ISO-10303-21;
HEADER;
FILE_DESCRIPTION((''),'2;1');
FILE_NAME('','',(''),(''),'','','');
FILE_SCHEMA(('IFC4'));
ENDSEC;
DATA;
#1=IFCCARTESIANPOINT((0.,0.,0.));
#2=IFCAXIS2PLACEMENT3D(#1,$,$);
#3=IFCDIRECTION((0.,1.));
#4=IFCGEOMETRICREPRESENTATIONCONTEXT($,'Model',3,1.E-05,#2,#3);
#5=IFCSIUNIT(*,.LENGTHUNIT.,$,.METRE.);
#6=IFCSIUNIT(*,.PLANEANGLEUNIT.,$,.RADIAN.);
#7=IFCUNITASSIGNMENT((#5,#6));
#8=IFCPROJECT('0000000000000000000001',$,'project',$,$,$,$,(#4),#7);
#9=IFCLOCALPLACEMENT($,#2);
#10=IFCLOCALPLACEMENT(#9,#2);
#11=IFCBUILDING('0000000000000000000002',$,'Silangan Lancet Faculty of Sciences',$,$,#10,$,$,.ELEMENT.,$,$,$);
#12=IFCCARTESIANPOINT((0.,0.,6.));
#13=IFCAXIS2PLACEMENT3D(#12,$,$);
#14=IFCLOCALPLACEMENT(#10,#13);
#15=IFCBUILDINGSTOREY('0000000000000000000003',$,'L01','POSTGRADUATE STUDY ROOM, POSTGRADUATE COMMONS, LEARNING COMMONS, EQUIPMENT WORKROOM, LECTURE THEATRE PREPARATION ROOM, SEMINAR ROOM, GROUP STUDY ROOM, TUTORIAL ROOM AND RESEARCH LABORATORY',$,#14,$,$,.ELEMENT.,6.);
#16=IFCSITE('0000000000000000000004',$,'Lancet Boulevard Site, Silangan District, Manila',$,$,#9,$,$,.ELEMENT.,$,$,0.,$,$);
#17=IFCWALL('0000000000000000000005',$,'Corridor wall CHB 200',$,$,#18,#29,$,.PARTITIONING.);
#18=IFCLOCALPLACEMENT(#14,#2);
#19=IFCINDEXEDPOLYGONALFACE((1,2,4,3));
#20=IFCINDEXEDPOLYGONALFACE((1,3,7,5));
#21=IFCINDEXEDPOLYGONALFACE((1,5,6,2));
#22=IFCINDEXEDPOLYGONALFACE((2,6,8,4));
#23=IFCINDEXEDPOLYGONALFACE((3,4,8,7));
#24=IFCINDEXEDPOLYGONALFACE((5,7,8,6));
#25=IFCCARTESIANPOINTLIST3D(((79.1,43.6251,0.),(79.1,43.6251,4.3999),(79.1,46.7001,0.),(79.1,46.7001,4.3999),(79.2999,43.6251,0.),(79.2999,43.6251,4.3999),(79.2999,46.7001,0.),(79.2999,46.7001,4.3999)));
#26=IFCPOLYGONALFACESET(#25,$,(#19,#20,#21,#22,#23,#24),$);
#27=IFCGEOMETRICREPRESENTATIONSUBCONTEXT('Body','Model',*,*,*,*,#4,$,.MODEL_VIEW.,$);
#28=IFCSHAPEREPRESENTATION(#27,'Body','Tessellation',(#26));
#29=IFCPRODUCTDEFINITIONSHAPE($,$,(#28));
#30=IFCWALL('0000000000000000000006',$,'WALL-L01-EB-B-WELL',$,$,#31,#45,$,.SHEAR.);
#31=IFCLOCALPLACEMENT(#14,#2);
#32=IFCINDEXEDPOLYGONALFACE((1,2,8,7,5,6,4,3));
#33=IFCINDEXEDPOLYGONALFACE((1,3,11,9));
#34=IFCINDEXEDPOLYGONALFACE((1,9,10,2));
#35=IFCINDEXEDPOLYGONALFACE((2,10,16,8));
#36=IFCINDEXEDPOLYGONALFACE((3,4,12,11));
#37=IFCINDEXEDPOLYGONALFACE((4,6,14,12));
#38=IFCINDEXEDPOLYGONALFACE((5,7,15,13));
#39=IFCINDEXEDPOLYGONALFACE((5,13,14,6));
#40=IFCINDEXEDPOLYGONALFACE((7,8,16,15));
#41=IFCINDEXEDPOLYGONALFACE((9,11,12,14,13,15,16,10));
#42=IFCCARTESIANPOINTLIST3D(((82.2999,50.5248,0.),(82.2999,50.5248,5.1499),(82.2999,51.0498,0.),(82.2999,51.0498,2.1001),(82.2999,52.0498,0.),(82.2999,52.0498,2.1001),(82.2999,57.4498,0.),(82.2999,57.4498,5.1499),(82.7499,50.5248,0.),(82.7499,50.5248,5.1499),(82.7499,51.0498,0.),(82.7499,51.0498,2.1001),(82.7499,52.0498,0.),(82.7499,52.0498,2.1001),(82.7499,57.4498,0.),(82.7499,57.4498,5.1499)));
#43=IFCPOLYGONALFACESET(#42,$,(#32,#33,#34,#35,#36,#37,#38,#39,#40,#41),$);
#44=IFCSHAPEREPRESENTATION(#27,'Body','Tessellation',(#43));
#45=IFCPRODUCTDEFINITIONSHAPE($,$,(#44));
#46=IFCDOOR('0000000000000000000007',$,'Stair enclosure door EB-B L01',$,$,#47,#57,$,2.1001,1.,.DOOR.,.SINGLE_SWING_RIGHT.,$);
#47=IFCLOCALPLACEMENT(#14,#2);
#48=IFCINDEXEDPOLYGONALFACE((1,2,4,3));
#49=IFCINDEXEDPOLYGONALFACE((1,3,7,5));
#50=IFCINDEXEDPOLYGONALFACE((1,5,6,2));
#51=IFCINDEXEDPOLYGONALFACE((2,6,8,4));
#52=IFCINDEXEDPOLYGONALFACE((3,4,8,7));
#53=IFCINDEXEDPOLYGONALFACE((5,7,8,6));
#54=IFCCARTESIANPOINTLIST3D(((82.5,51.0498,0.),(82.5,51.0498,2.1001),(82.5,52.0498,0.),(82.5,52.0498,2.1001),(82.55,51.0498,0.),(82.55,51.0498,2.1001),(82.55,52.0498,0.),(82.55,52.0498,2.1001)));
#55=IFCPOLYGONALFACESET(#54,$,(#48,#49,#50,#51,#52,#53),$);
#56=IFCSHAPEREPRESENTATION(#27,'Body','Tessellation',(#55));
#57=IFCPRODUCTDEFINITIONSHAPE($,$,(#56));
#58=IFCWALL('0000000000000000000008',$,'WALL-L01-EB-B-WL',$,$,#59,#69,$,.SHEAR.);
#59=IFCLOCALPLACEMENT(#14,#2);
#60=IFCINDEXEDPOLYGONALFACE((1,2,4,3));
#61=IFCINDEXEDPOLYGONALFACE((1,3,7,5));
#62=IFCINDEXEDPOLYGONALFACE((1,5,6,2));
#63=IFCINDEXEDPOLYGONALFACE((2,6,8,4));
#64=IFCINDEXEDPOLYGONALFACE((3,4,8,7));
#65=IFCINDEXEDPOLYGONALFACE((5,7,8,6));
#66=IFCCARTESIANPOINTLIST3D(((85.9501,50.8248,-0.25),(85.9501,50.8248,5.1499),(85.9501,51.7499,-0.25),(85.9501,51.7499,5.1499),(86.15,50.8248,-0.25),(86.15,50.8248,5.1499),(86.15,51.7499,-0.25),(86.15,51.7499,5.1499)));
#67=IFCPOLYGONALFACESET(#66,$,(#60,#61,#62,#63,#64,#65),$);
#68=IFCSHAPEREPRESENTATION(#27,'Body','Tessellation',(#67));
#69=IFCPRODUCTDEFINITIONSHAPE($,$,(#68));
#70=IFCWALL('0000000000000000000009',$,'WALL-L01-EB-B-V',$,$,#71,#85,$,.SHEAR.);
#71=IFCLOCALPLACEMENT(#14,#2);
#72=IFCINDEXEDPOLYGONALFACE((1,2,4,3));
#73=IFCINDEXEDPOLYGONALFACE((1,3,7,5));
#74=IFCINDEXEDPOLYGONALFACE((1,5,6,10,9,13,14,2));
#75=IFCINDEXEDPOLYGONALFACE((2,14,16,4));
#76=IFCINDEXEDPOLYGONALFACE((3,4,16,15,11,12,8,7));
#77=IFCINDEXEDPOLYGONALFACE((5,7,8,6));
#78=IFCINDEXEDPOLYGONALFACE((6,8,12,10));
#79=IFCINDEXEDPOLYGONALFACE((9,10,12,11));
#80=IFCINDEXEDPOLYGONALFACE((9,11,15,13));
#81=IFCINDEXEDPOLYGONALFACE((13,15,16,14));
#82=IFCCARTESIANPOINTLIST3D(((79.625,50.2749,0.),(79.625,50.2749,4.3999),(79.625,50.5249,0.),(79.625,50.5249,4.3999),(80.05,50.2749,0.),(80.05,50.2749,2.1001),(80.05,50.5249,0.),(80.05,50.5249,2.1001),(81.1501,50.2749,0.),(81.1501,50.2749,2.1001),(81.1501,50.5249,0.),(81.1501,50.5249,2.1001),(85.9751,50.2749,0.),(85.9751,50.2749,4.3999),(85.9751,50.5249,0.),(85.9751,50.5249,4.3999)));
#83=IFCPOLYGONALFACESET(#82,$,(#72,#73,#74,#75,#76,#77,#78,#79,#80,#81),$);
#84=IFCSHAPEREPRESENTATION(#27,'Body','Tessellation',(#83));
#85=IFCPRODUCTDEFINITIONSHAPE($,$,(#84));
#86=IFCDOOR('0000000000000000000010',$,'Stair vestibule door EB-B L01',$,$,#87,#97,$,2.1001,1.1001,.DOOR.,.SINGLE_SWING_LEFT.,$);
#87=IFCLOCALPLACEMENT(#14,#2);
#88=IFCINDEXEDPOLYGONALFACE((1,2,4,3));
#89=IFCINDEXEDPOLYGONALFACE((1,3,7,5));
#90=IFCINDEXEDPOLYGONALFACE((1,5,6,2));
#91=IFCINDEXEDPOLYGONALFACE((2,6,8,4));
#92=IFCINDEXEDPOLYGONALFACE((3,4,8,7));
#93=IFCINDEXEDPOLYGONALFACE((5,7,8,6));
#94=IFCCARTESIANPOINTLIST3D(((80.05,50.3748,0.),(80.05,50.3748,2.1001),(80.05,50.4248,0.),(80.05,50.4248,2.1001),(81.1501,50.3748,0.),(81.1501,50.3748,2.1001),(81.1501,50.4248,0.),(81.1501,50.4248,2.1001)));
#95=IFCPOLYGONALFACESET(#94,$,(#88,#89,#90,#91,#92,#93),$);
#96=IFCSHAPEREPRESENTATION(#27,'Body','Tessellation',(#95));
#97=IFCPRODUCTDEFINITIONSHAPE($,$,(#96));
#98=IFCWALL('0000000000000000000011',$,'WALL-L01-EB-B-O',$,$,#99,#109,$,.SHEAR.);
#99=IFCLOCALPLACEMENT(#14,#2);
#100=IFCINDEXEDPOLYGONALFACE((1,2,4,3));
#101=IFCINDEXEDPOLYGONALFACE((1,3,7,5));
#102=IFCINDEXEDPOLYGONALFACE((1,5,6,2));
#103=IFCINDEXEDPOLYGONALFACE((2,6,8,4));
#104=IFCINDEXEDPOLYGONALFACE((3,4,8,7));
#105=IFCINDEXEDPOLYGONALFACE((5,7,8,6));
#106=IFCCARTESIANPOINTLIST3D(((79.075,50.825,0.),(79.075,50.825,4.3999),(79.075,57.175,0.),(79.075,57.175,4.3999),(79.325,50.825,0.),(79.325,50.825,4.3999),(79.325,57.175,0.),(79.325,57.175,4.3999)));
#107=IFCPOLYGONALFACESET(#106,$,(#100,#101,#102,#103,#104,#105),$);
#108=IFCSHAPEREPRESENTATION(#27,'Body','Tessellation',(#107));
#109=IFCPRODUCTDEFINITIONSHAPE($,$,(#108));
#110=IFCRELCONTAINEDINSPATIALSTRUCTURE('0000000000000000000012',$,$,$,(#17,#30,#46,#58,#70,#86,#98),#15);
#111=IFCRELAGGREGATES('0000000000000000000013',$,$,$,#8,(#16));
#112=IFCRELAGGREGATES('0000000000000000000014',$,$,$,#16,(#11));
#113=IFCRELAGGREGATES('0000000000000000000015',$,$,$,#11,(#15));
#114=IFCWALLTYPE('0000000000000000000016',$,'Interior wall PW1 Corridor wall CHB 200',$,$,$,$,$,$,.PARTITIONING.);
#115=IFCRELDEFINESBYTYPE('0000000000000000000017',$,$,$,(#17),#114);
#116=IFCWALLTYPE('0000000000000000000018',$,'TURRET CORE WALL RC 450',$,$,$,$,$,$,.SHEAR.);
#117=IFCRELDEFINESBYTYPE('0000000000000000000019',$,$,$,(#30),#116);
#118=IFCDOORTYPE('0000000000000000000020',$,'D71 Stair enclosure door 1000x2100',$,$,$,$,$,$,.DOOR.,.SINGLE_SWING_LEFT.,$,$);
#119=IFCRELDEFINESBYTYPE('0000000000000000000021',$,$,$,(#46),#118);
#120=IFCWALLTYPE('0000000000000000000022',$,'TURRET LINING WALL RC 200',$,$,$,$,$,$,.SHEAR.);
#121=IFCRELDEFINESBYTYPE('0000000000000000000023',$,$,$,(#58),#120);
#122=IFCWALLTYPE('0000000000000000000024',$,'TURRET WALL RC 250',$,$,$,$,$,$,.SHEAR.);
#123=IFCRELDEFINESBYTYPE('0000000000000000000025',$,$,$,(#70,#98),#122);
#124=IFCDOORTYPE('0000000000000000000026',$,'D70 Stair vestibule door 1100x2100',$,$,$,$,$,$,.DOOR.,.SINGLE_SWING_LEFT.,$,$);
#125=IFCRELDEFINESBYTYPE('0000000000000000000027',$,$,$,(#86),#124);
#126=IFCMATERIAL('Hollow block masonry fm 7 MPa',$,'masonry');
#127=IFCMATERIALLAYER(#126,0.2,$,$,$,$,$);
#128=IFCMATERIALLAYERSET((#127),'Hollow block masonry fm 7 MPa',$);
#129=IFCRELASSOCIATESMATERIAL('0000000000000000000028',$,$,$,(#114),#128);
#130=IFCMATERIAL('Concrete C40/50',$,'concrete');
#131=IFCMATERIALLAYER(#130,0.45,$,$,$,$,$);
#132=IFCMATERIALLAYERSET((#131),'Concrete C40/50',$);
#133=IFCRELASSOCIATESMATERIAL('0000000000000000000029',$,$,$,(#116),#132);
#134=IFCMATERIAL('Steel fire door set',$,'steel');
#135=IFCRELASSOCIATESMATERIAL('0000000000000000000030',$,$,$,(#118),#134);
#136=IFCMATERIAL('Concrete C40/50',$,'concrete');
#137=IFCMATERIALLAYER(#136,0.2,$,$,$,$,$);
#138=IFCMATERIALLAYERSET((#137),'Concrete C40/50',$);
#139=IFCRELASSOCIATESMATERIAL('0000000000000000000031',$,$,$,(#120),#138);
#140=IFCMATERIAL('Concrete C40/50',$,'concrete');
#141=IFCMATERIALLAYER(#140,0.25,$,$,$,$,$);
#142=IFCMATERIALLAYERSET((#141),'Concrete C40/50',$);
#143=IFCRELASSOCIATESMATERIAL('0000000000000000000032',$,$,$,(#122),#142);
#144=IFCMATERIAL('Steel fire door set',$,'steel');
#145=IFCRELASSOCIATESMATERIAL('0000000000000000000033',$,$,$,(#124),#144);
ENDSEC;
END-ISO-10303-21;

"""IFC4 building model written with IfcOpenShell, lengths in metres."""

from ifc_helpers import new_model, si_unit, direction, frame, frame_2d, origin, place, context, subcontext, project, spatial, rectangle, extrude, material, layer, layer_set, type_object, element, fill, save


model = new_model("IFC4")

# Units and contexts
model_context = context("Model", 3, precision=1e-05, world=origin(), true_north=direction((0.0, 1.0)))
body_context = subcontext(model_context, "Body", "Model", "MODEL_VIEW")
ifc_project = project(units=[si_unit("LENGTHUNIT", "METRE"), si_unit("PLANEANGLEUNIT", "RADIAN")], contexts=[model_context])

# Site, building, storey
site_placement = place(None, origin())
site = spatial("IfcSite", under=ifc_project, at=site_placement, Name="Lancet Boulevard Site, Silangan District, Manila", CompositionType="ELEMENT", RefElevation=0.0)
building_placement = place(site_placement, origin())
building = spatial("IfcBuilding", under=site, at=building_placement, Name="Silangan Lancet Faculty of Sciences", CompositionType="ELEMENT")
storey_placement = place(building_placement, frame((0.0, 0.0, 6.0)))
storey = spatial("IfcBuildingStorey", under=building, at=storey_placement, Name="L01", Description="POSTGRADUATE STUDY ROOM, POSTGRADUATE COMMONS, LEARNING COMMONS, EQUIPMENT WORKROOM, LECTURE THEATRE PREPARATION ROOM, SEMINAR ROOM, GROUP STUDY ROOM, TUTORIAL ROOM AND RESEARCH LABORATORY", CompositionType="ELEMENT", Elevation=6.0)

# Wall
ifc_material_1 = material(Name="Hollow block masonry fm 7 MPa", Category="masonry")
ifc_layer_1 = layer(ifc_material_1, 0.2)
ifc_layer_set_1 = layer_set([ifc_layer_1], Name="Hollow block masonry fm 7 MPa")
wall_type_1 = type_object("IfcWallType", Name="Interior wall PW1 Corridor wall CHB 200", PredefinedType="PARTITIONING", material=ifc_layer_set_1)
wall_1_placement = place(storey_placement, frame((79.2, 43.625, 0.0), z_axis=(0.0, 0.0, 1.0), x_axis=(0.0, 1.0, 0.0)))
element("IfcWall", 1, at=wall_1_placement, inside=storey, type_object=wall_type_1, Name="Corridor wall CHB 200", PredefinedType="PARTITIONING", context=body_context, shape_type="SweptSolid", body=[
    extrude(rectangle(XDim=3.075, YDim=0.2, at=frame_2d((1.5376, 0.0))), origin(), (0.0, 0.0, 1.0), 4.3999),
])

# Wall, opening, door
ifc_material_2 = material(Name="Concrete C40/50", Category="concrete")
ifc_layer_2 = layer(ifc_material_2, 0.45)
ifc_layer_set_2 = layer_set([ifc_layer_2], Name="Concrete C40/50")
wall_type_2 = type_object("IfcWallType", Name="TURRET CORE WALL RC 450", PredefinedType="SHEAR", material=ifc_layer_set_2)
wall_2_placement = place(storey_placement, frame((82.5249, 50.5249, 0.0), z_axis=(0.0, 0.0, 1.0), x_axis=(0.0, 1.0, 0.0)))
wall_2 = element("IfcWall", 2, at=wall_2_placement, inside=storey, type_object=wall_type_2, Name="WALL-L01-EB-B-WELL", PredefinedType="SHEAR", context=body_context, shape_type="SweptSolid", body=[
    extrude(rectangle(XDim=6.925, YDim=0.45, at=frame_2d((3.4624, 0.0))), origin(), (0.0, 0.0, 1.0), 5.1499),
])
opening_1_placement = place(wall_2_placement, frame((0.5249, 0.0, 0.0)))
opening_1 = element("IfcOpeningElement", 3, at=opening_1_placement, cuts=wall_2, PredefinedType="OPENING", context=body_context, shape_type="SweptSolid", body=[
    extrude(rectangle(XDim=1.0, YDim=2.1001, at=frame_2d((0.5, 1.05))), frame((0.0, 0.2349, 0.0), z_axis=(0.0, -1.0, 0.0), x_axis=(1.0, 0.0, 0.0)), (0.0, 0.0, 1.0), 0.47),
])
ifc_material_3 = material(Name="Steel fire door set", Category="steel")
door_type_1 = type_object("IfcDoorType", Name="D71 Stair enclosure door 1000x2100", OperationType="SINGLE_SWING_LEFT", PredefinedType="DOOR", material=ifc_material_3)
door_1_placement = place(opening_1_placement, frame((1.0, 0.0, 0.0), z_axis=(0.0, 0.0, 1.0), x_axis=(-1.0, 0.0, 0.0)))
door_1 = element("IfcDoor", 4, at=door_1_placement, inside=storey, type_object=door_type_1, Name="Stair enclosure door EB-B L01", OperationType="SINGLE_SWING_RIGHT", OverallHeight=2.1001, OverallWidth=1.0, PredefinedType="DOOR", context=body_context, shape_type="SweptSolid", body=[
    extrude(rectangle(XDim=1.0, YDim=2.1001, at=frame_2d((0.5, 1.05))), frame((0.0, 0.0251, 0.0), z_axis=(0.0, -1.0, 0.0), x_axis=(1.0, 0.0, 0.0)), (0.0, 0.0, 1.0), 0.05),
])
fill(opening_1, door_1)

# Wall
ifc_material_4 = material(Name="Concrete C40/50", Category="concrete")
ifc_layer_3 = layer(ifc_material_4, 0.2)
ifc_layer_set_3 = layer_set([ifc_layer_3], Name="Concrete C40/50")
wall_type_3 = type_object("IfcWallType", Name="TURRET LINING WALL RC 200", PredefinedType="SHEAR", material=ifc_layer_set_3)
wall_3_placement = place(storey_placement, frame((86.05, 50.825, -0.25), z_axis=(0.0, 0.0, 1.0), x_axis=(0.0, 1.0, 0.0)))
element("IfcWall", 5, at=wall_3_placement, inside=storey, type_object=wall_type_3, Name="WALL-L01-EB-B-WL", PredefinedType="SHEAR", context=body_context, shape_type="SweptSolid", body=[
    extrude(rectangle(XDim=0.925, YDim=0.2, at=frame_2d((0.4624, 0.0))), origin(), (0.0, 0.0, 1.0), 5.3999),
])

# Wall, opening, door
ifc_material_5 = material(Name="Concrete C40/50", Category="concrete")
ifc_layer_4 = layer(ifc_material_5, 0.25)
ifc_layer_set_4 = layer_set([ifc_layer_4], Name="Concrete C40/50")
wall_type_4 = type_object("IfcWallType", Name="TURRET WALL RC 250", PredefinedType="SHEAR", material=ifc_layer_set_4)
wall_4_placement = place(storey_placement, frame((79.625, 50.3999, 0.0), z_axis=(0.0, 0.0, 1.0), x_axis=(1.0, 0.0, 0.0)))
wall_4 = element("IfcWall", 6, at=wall_4_placement, inside=storey, type_object=wall_type_4, Name="WALL-L01-EB-B-V", PredefinedType="SHEAR", context=body_context, shape_type="SweptSolid", body=[
    extrude(rectangle(XDim=6.3501, YDim=0.25, at=frame_2d((3.175, 0.0))), origin(), (0.0, 0.0, 1.0), 4.3999),
])
opening_2_placement = place(wall_4_placement, frame((0.425, 0.0, 0.0)))
opening_2 = element("IfcOpeningElement", 7, at=opening_2_placement, cuts=wall_4, PredefinedType="OPENING", context=body_context, shape_type="SweptSolid", body=[
    extrude(rectangle(XDim=1.1001, YDim=2.1001, at=frame_2d((0.55, 1.05))), frame((0.0, 0.135, 0.0), z_axis=(0.0, -1.0, 0.0), x_axis=(1.0, 0.0, 0.0)), (0.0, 0.0, 1.0), 0.27),
])
ifc_material_6 = material(Name="Steel fire door set", Category="steel")
door_type_2 = type_object("IfcDoorType", Name="D70 Stair vestibule door 1100x2100", OperationType="SINGLE_SWING_LEFT", PredefinedType="DOOR", material=ifc_material_6)
door_2_placement = place(opening_2_placement, origin())
door_2 = element("IfcDoor", 8, at=door_2_placement, inside=storey, type_object=door_type_2, Name="Stair vestibule door EB-B L01", OperationType="SINGLE_SWING_LEFT", OverallHeight=2.1001, OverallWidth=1.1001, PredefinedType="DOOR", context=body_context, shape_type="SweptSolid", body=[
    extrude(rectangle(XDim=1.1001, YDim=2.1001, at=frame_2d((0.55, 1.05))), frame((0.0, 0.0249, 0.0), z_axis=(0.0, -1.0, 0.0), x_axis=(1.0, 0.0, 0.0)), (0.0, 0.0, 1.0), 0.05),
])
fill(opening_2, door_2)

# Wall
wall_5_placement = place(storey_placement, frame((79.2, 50.825, 0.0), z_axis=(0.0, 0.0, 1.0), x_axis=(0.0, 1.0, 0.0)))
element("IfcWall", 9, at=wall_5_placement, inside=storey, type_object=wall_type_4, Name="WALL-L01-EB-B-O", PredefinedType="SHEAR", context=body_context, shape_type="SweptSolid", body=[
    extrude(rectangle(XDim=6.3501, YDim=0.25, at=frame_2d((3.175, 0.0))), origin(), (0.0, 0.0, 1.0), 4.3999),
])

save(model, "model.ifc")
